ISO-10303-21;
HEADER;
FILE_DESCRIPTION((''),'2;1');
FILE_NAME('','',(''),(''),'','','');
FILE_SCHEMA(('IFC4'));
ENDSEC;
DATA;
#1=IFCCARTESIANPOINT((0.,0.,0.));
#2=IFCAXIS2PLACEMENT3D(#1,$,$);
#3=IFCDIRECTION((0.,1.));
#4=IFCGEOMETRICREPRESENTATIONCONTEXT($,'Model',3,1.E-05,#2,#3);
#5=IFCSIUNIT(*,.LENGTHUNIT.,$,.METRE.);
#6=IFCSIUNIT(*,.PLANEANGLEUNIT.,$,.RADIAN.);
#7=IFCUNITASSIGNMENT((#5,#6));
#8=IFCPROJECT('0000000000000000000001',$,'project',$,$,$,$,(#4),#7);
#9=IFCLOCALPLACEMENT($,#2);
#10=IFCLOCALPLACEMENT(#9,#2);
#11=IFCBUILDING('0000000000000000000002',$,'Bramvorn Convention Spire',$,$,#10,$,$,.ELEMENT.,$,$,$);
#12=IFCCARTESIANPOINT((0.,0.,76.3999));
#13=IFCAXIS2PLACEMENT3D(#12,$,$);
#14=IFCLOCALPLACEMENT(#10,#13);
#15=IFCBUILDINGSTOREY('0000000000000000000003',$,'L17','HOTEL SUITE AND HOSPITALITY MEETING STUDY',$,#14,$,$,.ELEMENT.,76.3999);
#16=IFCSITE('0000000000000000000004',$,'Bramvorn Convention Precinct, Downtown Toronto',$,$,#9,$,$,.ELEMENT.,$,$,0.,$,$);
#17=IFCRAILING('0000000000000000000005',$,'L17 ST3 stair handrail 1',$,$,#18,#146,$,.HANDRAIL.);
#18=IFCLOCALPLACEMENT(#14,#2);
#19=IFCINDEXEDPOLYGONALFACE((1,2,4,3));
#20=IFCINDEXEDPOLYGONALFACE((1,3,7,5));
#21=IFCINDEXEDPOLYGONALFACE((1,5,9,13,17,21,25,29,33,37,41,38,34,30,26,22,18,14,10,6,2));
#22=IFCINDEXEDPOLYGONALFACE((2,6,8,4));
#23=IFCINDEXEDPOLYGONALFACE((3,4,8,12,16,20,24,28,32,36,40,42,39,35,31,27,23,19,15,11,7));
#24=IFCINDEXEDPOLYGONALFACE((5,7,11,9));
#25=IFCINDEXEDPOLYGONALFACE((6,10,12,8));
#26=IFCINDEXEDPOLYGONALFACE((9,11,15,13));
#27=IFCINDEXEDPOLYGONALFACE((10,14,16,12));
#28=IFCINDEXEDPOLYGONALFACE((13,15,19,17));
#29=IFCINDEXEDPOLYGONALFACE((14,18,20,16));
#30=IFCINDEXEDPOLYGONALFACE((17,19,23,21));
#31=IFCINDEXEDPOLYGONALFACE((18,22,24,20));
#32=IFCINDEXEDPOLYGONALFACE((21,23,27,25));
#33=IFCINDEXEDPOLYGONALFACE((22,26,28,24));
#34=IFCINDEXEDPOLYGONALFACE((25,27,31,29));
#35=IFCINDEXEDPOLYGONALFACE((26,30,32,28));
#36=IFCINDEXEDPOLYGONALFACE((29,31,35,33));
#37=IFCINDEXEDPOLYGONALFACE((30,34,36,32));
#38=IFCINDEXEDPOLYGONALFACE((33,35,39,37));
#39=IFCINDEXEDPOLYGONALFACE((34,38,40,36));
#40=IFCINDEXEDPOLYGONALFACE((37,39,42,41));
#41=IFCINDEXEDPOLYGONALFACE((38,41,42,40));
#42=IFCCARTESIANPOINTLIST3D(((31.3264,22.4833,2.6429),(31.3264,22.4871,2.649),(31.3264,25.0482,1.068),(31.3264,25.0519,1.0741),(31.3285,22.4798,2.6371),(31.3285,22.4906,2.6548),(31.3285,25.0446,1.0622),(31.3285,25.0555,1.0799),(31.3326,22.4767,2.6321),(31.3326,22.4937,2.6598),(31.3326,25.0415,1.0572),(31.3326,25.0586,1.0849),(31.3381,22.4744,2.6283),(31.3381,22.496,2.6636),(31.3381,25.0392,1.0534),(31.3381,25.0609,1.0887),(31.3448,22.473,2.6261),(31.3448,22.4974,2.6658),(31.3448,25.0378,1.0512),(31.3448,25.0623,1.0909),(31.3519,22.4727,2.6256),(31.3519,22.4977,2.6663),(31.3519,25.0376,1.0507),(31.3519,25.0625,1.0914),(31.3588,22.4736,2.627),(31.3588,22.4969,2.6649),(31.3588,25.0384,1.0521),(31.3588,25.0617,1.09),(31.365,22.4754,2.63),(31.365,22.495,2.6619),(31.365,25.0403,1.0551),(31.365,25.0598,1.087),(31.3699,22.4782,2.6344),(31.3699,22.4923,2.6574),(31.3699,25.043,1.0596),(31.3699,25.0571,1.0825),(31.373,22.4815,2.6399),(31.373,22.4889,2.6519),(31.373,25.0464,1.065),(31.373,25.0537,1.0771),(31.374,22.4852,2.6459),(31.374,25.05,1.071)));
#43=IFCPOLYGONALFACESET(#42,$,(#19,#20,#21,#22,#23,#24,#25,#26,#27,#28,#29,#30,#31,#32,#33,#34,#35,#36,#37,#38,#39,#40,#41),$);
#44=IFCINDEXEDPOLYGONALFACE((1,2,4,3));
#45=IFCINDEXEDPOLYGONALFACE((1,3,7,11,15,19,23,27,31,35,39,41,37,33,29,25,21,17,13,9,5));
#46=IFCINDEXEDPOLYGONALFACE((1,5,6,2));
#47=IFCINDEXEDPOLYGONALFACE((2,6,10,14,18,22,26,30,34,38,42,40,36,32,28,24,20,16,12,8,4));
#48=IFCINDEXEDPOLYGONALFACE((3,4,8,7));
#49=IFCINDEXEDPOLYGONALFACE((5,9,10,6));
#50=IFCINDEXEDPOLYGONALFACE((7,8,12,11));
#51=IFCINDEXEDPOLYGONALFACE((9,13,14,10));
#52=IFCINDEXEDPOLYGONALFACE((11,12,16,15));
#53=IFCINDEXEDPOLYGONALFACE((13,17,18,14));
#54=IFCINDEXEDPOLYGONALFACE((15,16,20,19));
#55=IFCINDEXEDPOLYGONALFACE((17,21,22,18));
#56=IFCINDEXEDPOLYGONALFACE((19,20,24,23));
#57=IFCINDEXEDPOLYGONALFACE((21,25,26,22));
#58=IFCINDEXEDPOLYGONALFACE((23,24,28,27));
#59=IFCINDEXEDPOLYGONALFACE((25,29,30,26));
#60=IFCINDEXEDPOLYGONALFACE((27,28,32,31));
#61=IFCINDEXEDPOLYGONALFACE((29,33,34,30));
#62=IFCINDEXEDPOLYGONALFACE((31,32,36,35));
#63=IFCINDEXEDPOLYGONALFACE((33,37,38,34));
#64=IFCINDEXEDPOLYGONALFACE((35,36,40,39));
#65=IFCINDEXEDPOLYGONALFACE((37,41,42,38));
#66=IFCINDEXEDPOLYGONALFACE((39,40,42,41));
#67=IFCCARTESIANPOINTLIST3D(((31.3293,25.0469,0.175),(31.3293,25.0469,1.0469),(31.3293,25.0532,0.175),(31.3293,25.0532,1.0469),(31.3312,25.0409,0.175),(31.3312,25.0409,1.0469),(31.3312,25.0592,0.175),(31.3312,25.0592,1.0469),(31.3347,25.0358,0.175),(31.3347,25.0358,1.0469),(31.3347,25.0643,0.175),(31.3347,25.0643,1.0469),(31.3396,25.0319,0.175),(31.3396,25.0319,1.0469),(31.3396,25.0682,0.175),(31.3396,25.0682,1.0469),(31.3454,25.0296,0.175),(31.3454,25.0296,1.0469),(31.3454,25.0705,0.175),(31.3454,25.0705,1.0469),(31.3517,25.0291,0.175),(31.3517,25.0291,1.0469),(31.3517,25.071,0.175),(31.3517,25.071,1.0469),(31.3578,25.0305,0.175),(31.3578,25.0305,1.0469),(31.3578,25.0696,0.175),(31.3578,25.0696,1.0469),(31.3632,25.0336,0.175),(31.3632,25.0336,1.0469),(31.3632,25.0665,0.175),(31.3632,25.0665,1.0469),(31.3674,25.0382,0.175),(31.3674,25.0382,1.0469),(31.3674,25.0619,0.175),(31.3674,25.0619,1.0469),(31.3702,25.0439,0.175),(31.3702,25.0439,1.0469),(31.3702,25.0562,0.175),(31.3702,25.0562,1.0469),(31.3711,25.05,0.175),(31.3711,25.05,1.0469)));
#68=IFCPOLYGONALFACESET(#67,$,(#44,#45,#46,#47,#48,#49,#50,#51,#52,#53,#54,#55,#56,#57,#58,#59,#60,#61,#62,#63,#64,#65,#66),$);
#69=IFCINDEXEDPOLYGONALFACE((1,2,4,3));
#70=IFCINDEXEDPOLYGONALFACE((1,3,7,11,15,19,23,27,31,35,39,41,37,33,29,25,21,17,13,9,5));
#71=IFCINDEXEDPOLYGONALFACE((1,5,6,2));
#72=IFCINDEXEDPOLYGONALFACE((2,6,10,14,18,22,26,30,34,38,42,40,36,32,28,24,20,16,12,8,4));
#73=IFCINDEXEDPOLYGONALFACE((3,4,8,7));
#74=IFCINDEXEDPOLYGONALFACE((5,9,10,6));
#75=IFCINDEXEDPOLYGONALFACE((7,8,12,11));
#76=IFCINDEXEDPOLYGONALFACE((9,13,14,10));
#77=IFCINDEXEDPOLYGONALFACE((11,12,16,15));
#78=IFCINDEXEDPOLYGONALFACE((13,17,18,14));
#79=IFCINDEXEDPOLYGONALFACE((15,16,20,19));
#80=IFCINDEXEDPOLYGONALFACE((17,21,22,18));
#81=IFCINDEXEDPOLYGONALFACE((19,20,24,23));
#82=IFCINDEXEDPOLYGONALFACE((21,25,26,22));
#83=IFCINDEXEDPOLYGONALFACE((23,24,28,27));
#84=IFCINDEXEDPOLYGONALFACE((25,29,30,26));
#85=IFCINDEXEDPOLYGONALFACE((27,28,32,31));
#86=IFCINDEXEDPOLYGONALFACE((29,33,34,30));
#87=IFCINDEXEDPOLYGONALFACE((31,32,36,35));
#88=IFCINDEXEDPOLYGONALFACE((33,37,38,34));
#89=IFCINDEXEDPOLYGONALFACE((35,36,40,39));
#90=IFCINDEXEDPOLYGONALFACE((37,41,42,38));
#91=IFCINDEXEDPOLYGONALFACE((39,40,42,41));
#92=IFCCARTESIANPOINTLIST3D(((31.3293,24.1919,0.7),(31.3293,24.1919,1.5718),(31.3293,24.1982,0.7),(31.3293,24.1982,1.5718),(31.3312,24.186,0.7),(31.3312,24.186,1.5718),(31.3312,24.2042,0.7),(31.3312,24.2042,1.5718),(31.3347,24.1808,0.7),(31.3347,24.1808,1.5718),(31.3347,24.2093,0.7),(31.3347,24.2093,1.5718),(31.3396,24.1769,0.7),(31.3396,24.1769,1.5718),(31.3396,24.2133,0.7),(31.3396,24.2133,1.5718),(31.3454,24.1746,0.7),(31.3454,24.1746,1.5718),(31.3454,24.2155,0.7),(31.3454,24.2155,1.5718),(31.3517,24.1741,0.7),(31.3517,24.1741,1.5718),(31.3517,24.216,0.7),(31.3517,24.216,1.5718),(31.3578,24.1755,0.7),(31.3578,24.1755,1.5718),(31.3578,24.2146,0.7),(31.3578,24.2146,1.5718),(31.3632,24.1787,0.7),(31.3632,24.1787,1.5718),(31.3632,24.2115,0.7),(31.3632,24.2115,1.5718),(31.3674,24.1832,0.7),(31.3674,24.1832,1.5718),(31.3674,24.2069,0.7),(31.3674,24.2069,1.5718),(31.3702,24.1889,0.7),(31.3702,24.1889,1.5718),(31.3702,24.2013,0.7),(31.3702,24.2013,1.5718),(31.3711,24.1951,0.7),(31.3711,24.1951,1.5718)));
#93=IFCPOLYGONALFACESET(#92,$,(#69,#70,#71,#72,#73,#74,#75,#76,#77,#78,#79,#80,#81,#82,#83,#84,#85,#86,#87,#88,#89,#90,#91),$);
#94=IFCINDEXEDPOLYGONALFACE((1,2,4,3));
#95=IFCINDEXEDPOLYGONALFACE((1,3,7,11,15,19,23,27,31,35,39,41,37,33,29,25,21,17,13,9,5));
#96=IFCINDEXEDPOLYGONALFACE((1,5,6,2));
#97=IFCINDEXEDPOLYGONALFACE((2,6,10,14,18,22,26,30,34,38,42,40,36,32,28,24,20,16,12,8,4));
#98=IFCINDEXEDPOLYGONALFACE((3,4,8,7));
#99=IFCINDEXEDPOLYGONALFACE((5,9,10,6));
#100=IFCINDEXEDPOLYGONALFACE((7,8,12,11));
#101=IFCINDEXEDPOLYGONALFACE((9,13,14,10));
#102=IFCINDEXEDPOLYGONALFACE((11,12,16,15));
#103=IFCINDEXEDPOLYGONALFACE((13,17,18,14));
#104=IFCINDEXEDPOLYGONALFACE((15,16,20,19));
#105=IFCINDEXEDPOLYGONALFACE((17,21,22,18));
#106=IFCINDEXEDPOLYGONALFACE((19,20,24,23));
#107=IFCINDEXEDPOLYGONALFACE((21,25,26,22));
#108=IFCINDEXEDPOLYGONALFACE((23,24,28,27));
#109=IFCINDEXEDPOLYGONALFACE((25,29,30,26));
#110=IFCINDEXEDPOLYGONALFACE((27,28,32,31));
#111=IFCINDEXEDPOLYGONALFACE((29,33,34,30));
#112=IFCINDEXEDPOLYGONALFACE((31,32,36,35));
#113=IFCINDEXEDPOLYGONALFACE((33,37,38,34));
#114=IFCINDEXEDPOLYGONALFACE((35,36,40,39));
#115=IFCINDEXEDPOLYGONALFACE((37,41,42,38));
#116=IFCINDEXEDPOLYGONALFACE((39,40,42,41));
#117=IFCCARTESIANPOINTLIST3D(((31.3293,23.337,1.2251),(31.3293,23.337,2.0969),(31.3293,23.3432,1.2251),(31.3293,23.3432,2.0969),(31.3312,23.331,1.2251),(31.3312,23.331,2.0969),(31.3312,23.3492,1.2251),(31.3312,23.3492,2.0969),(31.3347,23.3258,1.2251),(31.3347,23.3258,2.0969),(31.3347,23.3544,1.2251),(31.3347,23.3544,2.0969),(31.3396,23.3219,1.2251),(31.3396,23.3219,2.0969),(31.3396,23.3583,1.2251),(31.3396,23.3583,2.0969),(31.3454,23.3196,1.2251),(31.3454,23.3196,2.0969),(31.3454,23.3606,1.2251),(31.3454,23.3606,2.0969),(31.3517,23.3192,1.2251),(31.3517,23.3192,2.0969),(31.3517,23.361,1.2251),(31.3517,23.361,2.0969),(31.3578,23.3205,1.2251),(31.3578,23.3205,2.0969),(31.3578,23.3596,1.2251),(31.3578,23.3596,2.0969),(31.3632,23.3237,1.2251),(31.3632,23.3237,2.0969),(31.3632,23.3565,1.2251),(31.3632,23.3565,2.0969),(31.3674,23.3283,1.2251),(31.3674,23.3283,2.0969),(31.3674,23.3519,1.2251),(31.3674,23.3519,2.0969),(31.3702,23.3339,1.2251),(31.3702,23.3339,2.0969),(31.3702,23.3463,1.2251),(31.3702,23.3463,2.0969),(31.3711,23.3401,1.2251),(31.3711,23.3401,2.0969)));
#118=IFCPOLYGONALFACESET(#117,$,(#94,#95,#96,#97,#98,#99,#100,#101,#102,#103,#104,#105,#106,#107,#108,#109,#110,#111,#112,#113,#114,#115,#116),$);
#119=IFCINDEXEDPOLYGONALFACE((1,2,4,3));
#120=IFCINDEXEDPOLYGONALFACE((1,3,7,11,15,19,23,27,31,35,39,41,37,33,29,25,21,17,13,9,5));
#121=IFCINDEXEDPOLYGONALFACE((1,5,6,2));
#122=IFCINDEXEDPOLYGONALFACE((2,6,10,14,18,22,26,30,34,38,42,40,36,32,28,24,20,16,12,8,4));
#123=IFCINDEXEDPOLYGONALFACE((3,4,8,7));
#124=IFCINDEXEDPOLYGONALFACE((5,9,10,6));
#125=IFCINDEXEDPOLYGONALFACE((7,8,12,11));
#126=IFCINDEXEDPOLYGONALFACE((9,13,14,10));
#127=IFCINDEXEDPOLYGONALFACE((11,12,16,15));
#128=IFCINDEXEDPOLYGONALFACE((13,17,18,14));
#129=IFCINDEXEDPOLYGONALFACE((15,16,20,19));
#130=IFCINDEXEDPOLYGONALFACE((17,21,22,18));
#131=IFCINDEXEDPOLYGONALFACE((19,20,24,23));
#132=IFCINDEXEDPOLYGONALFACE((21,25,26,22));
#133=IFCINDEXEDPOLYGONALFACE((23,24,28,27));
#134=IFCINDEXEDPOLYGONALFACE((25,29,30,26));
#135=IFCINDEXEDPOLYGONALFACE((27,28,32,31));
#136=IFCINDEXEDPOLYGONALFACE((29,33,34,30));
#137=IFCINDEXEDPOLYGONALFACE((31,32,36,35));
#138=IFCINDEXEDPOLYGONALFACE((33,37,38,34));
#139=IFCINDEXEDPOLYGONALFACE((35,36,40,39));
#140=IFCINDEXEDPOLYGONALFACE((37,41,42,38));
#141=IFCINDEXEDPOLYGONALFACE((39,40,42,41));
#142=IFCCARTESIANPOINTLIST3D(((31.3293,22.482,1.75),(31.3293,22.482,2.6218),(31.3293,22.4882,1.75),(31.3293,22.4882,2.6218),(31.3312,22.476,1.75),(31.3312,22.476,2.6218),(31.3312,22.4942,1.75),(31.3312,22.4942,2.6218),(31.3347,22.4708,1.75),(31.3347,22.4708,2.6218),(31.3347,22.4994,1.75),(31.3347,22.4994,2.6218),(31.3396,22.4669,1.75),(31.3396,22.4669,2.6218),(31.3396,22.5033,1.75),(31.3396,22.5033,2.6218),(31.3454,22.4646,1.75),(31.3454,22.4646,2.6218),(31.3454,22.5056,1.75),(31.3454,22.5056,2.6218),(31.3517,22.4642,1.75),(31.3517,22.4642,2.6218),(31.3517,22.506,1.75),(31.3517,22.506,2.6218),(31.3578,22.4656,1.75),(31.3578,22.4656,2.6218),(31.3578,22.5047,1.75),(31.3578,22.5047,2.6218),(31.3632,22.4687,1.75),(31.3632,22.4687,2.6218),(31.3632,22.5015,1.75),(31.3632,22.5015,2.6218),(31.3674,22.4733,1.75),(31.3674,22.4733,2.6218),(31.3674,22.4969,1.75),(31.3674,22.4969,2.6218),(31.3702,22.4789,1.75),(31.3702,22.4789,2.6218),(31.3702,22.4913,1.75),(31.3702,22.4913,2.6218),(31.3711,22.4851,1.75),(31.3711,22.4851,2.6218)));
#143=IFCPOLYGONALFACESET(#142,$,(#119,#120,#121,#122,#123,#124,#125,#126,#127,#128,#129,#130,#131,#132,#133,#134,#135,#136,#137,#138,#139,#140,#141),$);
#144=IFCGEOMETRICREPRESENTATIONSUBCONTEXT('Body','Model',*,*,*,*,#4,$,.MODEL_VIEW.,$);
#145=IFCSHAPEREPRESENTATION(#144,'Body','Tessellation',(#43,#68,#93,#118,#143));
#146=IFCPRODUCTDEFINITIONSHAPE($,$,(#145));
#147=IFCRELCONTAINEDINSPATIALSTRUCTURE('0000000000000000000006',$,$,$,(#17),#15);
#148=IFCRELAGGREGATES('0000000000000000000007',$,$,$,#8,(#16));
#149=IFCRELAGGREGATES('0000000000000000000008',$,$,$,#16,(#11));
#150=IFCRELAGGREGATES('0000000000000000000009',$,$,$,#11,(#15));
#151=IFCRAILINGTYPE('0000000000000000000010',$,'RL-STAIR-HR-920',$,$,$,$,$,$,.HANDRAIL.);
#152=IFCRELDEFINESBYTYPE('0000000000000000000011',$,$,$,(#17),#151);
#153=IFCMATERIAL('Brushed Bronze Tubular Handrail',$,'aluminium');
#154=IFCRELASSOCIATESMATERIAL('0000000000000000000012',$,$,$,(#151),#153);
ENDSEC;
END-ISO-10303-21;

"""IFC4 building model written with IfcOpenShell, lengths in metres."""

from ifc_helpers import new_model, si_unit, direction, frame, origin, origin_2d, place, context, subcontext, project, spatial, circle, extrude, material, type_object, element, save


model = new_model("IFC4")

# Units and contexts
model_context = context("Model", 3, precision=1e-05, world=origin(), true_north=direction((0.0, 1.0)))
body_context = subcontext(model_context, "Body", "Model", "MODEL_VIEW")
ifc_project = project(units=[si_unit("LENGTHUNIT", "METRE"), si_unit("PLANEANGLEUNIT", "RADIAN")], contexts=[model_context])

# Site, building, storey
site_placement = place(None, origin())
site = spatial("IfcSite", under=ifc_project, at=site_placement, Name="Bramvorn Convention Precinct, Downtown Toronto", CompositionType="ELEMENT", RefElevation=0.0)
building_placement = place(site_placement, origin())
building = spatial("IfcBuilding", under=site, at=building_placement, Name="Bramvorn Convention Spire", CompositionType="ELEMENT")
storey_placement = place(building_placement, frame((0.0, 0.0, 76.3999)))
storey = spatial("IfcBuildingStorey", under=building, at=storey_placement, Name="L17", Description="HOTEL SUITE AND HOSPITALITY MEETING STUDY", CompositionType="ELEMENT", Elevation=76.3999)

# Railing
ifc_material_1 = material(Name="Brushed Bronze Tubular Handrail", Category="aluminium")
railing_type_1 = type_object("IfcRailingType", Name="RL-STAIR-HR-920", PredefinedType="HANDRAIL", material=ifc_material_1)
railing_1_placement = place(storey_placement, frame((31.3501, 25.05, 0.175)))
element("IfcRailing", 1, at=railing_1_placement, inside=storey, type_object=railing_type_1, Name="L17 ST3 stair handrail 1", PredefinedType="HANDRAIL", context=body_context, shape_type="SweptSolid", body=[
    extrude(circle(Radius=0.0239, at=origin_2d()), frame((0.0, 0.0, 0.896), z_axis=(0.0, -0.852173, 0.52326), x_axis=(1.0, 0.0, 0.0)), (0.0, 0.0, 1.0), 3.0098),
    extrude(circle(Radius=0.021, at=origin_2d()), origin(), (0.0, 0.0, 1.0), 0.8718),
    extrude(circle(Radius=0.021, at=origin_2d()), frame((0.0, -0.855, 0.5249)), (0.0, 0.0, 1.0), 0.8718),
    extrude(circle(Radius=0.021, at=origin_2d()), frame((0.0, -1.71, 1.05)), (0.0, 0.0, 1.0), 0.8718),
    extrude(circle(Radius=0.021, at=origin_2d()), frame((0.0, -2.5649, 1.575)), (0.0, 0.0, 1.0), 0.8718),
])

save(model, "model.ifc")
